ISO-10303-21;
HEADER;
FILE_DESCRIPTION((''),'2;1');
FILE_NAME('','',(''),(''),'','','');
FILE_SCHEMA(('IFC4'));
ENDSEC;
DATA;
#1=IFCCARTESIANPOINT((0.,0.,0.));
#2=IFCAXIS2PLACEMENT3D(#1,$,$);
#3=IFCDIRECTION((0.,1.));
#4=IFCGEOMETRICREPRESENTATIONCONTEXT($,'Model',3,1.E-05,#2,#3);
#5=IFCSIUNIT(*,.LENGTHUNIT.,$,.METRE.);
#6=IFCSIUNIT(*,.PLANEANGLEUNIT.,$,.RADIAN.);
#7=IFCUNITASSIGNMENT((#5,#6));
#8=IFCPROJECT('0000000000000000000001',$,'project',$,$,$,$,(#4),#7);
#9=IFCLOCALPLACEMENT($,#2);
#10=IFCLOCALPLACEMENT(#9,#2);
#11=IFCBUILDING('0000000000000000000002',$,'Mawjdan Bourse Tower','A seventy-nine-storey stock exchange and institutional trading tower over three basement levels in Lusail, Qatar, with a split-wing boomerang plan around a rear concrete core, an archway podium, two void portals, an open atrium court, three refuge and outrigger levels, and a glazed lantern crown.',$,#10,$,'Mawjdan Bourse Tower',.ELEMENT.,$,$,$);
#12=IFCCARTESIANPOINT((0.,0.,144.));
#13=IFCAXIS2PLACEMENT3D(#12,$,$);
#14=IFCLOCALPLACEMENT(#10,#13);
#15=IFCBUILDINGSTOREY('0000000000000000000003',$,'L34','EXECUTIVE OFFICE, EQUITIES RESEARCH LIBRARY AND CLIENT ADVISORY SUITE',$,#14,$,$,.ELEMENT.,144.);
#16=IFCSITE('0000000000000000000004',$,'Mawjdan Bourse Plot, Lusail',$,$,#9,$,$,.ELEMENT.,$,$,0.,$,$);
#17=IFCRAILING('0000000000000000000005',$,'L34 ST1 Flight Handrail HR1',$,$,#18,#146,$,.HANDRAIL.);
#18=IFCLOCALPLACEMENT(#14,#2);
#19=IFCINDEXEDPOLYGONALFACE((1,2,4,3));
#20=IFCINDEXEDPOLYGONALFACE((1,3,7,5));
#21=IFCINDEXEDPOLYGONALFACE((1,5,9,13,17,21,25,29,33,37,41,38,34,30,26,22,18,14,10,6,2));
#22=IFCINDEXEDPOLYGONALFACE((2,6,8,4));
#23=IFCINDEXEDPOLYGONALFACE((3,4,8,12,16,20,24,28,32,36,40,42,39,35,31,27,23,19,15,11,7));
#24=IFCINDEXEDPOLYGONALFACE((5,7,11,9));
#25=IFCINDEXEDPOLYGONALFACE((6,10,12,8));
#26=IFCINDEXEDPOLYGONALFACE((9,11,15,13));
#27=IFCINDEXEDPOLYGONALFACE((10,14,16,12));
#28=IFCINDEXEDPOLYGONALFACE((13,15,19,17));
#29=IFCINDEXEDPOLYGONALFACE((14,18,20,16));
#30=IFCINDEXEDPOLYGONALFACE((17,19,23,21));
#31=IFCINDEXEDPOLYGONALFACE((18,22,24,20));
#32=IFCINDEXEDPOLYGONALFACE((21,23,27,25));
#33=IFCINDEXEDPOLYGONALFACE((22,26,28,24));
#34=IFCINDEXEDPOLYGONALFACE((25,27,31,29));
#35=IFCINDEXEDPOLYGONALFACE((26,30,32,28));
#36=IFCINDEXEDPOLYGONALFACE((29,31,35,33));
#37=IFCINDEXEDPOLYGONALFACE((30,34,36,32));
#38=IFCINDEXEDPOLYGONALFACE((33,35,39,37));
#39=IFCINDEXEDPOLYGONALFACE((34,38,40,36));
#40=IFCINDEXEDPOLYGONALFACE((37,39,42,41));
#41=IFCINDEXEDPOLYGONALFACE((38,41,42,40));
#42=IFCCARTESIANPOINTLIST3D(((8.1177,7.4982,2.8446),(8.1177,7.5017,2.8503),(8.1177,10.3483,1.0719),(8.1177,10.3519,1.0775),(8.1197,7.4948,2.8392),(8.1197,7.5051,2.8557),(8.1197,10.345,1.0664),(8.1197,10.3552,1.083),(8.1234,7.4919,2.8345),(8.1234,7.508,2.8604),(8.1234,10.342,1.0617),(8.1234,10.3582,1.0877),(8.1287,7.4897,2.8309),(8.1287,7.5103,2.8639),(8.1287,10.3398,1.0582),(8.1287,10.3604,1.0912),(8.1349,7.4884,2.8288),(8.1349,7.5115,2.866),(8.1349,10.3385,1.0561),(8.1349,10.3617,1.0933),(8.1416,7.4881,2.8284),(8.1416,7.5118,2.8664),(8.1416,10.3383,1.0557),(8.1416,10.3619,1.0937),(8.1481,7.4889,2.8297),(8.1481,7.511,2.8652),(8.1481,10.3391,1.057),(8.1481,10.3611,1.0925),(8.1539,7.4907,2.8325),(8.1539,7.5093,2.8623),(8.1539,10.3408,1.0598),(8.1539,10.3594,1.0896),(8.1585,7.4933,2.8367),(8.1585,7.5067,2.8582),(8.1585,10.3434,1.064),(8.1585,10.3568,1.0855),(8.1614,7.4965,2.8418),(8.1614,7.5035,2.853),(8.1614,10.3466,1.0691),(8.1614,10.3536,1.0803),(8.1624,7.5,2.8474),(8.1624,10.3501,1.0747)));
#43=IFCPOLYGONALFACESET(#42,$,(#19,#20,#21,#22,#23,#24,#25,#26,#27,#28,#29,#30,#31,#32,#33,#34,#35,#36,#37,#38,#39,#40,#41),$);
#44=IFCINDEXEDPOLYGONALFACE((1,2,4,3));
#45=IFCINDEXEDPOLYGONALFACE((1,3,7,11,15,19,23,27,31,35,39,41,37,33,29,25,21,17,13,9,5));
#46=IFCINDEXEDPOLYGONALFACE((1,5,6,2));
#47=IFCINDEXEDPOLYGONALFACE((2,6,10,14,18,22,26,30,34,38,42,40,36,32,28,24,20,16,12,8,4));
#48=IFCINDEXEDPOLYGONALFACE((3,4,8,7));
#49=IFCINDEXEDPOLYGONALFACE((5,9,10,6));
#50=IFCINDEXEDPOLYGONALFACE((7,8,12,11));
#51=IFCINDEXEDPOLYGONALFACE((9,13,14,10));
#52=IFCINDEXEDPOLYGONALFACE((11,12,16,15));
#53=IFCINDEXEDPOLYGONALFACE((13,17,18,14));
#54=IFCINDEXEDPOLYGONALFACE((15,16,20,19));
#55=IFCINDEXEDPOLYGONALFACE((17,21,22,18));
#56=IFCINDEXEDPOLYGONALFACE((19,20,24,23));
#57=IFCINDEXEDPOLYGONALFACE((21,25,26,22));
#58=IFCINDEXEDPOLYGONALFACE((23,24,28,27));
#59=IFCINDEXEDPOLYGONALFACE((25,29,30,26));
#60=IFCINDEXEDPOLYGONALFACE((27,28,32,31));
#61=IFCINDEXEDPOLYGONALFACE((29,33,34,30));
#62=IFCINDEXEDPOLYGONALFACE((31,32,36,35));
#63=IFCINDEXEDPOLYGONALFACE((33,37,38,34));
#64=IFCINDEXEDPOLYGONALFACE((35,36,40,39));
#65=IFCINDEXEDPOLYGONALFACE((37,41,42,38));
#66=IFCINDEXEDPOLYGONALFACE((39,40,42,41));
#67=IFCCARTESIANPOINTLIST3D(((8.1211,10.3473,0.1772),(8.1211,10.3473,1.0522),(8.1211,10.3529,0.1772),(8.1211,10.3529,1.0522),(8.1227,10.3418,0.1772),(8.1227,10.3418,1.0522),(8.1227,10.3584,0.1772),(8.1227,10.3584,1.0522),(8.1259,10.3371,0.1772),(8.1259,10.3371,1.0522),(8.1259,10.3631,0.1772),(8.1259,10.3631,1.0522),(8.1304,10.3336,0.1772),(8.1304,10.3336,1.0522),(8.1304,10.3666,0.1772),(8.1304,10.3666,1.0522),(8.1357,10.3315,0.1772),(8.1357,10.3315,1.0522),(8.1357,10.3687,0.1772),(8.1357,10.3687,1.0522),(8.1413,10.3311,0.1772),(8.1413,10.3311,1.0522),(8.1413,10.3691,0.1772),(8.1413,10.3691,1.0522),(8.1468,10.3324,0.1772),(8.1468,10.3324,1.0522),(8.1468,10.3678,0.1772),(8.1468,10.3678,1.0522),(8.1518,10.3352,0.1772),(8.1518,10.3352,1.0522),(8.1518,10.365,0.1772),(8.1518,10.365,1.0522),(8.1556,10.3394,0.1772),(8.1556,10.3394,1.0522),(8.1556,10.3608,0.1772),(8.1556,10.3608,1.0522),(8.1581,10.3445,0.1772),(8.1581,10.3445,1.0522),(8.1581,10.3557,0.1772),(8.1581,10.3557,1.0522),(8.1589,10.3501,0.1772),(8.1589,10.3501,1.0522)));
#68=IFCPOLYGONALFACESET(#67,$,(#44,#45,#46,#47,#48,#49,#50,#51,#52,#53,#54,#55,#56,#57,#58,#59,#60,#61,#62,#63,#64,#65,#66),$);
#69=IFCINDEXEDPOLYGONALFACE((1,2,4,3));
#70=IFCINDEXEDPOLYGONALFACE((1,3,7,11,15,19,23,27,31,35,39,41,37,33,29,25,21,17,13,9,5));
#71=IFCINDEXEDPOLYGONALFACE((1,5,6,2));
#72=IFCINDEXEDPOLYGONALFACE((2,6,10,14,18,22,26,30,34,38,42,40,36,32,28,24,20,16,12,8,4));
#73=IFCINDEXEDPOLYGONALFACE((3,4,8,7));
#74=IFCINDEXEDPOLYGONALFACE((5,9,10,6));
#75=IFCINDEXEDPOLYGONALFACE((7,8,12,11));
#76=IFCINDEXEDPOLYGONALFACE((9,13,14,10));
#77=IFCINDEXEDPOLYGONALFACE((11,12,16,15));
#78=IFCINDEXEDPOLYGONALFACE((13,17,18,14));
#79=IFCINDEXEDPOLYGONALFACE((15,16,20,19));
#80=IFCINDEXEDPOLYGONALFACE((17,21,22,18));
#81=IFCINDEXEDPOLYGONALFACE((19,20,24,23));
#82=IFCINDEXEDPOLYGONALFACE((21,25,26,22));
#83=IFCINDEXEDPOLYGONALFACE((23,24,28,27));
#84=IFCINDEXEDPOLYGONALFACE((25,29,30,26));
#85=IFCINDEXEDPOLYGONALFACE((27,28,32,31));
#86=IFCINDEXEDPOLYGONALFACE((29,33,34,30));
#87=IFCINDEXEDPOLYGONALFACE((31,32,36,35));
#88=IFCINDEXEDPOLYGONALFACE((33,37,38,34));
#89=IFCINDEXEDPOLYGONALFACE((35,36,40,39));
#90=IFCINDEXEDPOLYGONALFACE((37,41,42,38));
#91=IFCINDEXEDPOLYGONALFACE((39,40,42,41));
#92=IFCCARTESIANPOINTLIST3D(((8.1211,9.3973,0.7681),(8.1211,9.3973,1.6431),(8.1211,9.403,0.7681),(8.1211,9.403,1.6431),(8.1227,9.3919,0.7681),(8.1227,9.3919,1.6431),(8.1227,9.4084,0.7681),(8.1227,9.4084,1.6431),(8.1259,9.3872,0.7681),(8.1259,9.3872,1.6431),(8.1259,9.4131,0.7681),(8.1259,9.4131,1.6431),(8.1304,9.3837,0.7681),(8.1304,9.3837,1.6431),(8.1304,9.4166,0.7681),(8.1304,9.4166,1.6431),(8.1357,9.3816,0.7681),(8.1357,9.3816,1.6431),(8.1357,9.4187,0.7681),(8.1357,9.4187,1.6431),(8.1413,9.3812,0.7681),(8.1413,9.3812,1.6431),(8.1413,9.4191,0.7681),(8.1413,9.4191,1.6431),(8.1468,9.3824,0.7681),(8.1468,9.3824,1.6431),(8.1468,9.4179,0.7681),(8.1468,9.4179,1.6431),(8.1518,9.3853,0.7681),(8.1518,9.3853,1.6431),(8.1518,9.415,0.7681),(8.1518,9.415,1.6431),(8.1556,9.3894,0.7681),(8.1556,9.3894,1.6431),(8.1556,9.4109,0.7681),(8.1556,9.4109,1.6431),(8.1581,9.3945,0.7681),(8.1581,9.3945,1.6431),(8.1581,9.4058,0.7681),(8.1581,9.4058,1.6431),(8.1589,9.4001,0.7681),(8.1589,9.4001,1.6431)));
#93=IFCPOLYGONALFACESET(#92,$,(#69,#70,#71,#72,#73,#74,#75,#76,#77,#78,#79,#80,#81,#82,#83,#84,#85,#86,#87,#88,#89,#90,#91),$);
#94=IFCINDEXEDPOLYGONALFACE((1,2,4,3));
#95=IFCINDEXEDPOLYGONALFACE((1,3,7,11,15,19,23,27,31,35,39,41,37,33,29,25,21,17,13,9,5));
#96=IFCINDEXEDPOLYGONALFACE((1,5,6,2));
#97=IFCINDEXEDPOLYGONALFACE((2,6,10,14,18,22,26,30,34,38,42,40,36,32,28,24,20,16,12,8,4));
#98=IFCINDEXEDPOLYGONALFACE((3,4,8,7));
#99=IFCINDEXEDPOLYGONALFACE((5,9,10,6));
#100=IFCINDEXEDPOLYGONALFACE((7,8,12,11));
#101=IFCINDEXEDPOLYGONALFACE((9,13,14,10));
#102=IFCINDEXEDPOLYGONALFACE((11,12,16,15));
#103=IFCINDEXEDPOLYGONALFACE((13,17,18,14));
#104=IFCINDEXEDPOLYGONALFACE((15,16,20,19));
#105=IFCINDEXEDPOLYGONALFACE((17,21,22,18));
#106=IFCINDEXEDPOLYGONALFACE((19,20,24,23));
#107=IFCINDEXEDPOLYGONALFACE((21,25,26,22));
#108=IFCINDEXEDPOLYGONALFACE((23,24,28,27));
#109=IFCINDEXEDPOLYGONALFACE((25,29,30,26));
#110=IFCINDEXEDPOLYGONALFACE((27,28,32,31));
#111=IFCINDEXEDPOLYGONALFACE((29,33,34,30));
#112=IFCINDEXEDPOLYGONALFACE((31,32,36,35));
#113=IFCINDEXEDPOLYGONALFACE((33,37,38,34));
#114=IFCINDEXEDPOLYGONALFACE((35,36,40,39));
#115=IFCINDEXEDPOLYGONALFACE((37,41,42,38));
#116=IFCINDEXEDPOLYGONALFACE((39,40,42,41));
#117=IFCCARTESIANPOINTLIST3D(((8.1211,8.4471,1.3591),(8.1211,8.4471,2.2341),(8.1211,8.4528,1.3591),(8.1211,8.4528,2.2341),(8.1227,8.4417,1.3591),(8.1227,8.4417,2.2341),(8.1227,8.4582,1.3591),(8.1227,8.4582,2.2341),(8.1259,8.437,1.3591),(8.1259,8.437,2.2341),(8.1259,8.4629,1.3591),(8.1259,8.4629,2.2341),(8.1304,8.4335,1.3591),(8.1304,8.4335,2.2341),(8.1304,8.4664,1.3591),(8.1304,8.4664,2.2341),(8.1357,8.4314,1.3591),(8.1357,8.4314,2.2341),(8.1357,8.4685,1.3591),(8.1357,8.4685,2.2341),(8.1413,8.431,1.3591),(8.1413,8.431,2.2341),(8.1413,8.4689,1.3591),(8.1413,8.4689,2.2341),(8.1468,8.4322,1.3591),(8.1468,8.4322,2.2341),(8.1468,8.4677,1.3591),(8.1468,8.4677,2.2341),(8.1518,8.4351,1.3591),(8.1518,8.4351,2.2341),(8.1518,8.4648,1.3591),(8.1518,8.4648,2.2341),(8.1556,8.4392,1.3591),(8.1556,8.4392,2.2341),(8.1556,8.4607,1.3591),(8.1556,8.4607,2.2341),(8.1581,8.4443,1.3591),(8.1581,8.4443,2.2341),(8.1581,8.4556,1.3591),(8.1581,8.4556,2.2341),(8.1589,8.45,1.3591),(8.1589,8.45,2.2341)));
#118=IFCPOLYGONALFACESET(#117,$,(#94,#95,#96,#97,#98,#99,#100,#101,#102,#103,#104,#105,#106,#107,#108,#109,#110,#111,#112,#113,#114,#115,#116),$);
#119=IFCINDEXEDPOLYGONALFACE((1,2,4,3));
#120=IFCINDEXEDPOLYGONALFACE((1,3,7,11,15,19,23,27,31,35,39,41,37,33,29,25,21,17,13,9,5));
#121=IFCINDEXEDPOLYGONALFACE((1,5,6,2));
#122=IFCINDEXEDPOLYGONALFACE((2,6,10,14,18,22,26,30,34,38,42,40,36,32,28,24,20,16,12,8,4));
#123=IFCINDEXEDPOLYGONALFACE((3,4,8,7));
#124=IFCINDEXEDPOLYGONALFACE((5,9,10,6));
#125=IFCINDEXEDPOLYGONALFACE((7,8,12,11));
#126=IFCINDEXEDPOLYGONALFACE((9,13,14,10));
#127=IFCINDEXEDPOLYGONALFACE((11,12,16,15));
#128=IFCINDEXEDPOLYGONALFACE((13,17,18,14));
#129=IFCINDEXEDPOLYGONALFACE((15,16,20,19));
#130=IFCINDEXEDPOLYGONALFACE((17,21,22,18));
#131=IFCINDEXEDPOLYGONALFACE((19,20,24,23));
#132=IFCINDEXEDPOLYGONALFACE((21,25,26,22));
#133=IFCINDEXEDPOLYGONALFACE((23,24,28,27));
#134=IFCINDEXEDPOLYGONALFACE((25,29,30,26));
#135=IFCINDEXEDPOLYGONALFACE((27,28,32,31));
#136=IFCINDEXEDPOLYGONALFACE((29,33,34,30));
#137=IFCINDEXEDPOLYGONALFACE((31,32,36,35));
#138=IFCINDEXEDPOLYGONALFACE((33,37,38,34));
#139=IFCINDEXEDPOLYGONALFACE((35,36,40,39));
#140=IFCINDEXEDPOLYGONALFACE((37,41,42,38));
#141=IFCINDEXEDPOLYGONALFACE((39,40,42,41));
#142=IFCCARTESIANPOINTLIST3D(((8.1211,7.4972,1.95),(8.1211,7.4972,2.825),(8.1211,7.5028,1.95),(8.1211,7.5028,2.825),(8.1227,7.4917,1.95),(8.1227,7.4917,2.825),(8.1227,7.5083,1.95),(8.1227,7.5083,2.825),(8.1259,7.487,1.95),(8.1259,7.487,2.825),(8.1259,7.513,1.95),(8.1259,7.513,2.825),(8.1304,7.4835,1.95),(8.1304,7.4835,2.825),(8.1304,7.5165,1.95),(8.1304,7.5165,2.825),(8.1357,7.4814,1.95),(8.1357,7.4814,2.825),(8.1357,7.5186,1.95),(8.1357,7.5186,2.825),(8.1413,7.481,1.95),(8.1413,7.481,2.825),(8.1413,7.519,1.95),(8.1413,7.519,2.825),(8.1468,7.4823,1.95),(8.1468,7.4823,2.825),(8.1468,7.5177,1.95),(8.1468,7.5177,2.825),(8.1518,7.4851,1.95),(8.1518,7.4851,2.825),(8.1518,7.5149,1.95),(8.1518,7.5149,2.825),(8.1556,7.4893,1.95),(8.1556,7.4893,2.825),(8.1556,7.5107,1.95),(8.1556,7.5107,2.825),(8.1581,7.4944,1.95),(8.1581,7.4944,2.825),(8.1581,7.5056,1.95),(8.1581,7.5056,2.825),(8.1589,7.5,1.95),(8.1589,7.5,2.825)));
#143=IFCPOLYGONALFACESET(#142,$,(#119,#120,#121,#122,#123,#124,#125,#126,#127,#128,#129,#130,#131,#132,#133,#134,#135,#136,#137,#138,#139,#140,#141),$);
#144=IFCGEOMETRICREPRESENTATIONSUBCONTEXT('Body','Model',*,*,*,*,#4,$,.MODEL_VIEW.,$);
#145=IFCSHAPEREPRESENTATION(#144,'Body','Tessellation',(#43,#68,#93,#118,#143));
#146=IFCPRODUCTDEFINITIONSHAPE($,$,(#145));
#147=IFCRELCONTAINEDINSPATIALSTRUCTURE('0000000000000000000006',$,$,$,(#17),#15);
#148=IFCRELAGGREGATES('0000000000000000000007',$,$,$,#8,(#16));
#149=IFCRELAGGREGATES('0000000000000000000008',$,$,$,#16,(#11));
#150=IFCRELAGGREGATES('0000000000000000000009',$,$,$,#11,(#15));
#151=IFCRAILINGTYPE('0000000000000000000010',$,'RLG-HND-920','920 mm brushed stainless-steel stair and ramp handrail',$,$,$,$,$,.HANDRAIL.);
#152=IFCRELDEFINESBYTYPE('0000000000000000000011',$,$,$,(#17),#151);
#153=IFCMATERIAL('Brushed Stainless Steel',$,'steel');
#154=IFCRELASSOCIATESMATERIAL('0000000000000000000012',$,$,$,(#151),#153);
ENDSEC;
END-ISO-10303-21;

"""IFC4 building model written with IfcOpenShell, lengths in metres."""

from ifc_helpers import new_model, si_unit, direction, frame, origin, origin_2d, place, context, subcontext, project, spatial, circle, extrude, material, type_object, element, save


model = new_model("IFC4")

# Units and contexts
model_context = context("Model", 3, precision=1e-05, world=origin(), true_north=direction((0.0, 1.0)))
body_context = subcontext(model_context, "Body", "Model", "MODEL_VIEW")
ifc_project = project(units=[si_unit("LENGTHUNIT", "METRE"), si_unit("PLANEANGLEUNIT", "RADIAN")], contexts=[model_context])

# Site, building, storey
site_placement = place(None, origin())
site = spatial("IfcSite", under=ifc_project, at=site_placement, Name="Mawjdan Bourse Plot, Lusail", CompositionType="ELEMENT", RefElevation=0.0)
building_placement = place(site_placement, origin())
building = spatial("IfcBuilding", under=site, at=building_placement, Name="Mawjdan Bourse Tower", Description="A seventy-nine-storey stock exchange and institutional trading tower over three basement levels in Lusail, Qatar, with a split-wing boomerang plan around a rear concrete core, an archway podium, two void portals, an open atrium court, three refuge and outrigger levels, and a glazed lantern crown.", LongName="Mawjdan Bourse Tower", CompositionType="ELEMENT")
storey_placement = place(building_placement, frame((0.0, 0.0, 144.0)))
storey = spatial("IfcBuildingStorey", under=building, at=storey_placement, Name="L34", Description="EXECUTIVE OFFICE, EQUITIES RESEARCH LIBRARY AND CLIENT ADVISORY SUITE", CompositionType="ELEMENT", Elevation=144.0)

# Shared definitions
ifc_material_1 = material(Name="Brushed Stainless Steel", Category="steel")

# Railing
railing_type_1 = type_object("IfcRailingType", Name="RLG-HND-920", Description="920 mm brushed stainless-steel stair and ramp handrail", PredefinedType="HANDRAIL", material=ifc_material_1)
for number, where, name in (
    (1, (8.1399, 10.3501, 0.1772), "L34 ST1 Flight Handrail HR1"),
):
    element("IfcRailing", number, at=place(storey_placement, frame(where)), inside=storey, type_object=railing_type_1, Name=name, PredefinedType="HANDRAIL", context=body_context, shape_type="SweptSolid", body=[
        extrude(circle(Radius=0.0225, at=origin_2d()), frame((0.0, 0.0, 0.8975), z_axis=(0.0, -0.849149, 0.528154), x_axis=(1.0, 0.0, 0.0)), (0.0, 0.0, 1.0), 3.3564),
        extrude(circle(Radius=0.019, at=origin_2d()), origin(), (0.0, 0.0, 1.0), 0.875),
        extrude(circle(Radius=0.019, at=origin_2d()), frame((0.0, -0.95, 0.5908)), (0.0, 0.0, 1.0), 0.875),
        extrude(circle(Radius=0.019, at=origin_2d()), frame((0.0, -1.9001, 1.1819)), (0.0, 0.0, 1.0), 0.875),
        extrude(circle(Radius=0.019, at=origin_2d()), frame((0.0, -2.8501, 1.7727)), (0.0, 0.0, 1.0), 0.875),
    ])

save(model, "model.ifc")
